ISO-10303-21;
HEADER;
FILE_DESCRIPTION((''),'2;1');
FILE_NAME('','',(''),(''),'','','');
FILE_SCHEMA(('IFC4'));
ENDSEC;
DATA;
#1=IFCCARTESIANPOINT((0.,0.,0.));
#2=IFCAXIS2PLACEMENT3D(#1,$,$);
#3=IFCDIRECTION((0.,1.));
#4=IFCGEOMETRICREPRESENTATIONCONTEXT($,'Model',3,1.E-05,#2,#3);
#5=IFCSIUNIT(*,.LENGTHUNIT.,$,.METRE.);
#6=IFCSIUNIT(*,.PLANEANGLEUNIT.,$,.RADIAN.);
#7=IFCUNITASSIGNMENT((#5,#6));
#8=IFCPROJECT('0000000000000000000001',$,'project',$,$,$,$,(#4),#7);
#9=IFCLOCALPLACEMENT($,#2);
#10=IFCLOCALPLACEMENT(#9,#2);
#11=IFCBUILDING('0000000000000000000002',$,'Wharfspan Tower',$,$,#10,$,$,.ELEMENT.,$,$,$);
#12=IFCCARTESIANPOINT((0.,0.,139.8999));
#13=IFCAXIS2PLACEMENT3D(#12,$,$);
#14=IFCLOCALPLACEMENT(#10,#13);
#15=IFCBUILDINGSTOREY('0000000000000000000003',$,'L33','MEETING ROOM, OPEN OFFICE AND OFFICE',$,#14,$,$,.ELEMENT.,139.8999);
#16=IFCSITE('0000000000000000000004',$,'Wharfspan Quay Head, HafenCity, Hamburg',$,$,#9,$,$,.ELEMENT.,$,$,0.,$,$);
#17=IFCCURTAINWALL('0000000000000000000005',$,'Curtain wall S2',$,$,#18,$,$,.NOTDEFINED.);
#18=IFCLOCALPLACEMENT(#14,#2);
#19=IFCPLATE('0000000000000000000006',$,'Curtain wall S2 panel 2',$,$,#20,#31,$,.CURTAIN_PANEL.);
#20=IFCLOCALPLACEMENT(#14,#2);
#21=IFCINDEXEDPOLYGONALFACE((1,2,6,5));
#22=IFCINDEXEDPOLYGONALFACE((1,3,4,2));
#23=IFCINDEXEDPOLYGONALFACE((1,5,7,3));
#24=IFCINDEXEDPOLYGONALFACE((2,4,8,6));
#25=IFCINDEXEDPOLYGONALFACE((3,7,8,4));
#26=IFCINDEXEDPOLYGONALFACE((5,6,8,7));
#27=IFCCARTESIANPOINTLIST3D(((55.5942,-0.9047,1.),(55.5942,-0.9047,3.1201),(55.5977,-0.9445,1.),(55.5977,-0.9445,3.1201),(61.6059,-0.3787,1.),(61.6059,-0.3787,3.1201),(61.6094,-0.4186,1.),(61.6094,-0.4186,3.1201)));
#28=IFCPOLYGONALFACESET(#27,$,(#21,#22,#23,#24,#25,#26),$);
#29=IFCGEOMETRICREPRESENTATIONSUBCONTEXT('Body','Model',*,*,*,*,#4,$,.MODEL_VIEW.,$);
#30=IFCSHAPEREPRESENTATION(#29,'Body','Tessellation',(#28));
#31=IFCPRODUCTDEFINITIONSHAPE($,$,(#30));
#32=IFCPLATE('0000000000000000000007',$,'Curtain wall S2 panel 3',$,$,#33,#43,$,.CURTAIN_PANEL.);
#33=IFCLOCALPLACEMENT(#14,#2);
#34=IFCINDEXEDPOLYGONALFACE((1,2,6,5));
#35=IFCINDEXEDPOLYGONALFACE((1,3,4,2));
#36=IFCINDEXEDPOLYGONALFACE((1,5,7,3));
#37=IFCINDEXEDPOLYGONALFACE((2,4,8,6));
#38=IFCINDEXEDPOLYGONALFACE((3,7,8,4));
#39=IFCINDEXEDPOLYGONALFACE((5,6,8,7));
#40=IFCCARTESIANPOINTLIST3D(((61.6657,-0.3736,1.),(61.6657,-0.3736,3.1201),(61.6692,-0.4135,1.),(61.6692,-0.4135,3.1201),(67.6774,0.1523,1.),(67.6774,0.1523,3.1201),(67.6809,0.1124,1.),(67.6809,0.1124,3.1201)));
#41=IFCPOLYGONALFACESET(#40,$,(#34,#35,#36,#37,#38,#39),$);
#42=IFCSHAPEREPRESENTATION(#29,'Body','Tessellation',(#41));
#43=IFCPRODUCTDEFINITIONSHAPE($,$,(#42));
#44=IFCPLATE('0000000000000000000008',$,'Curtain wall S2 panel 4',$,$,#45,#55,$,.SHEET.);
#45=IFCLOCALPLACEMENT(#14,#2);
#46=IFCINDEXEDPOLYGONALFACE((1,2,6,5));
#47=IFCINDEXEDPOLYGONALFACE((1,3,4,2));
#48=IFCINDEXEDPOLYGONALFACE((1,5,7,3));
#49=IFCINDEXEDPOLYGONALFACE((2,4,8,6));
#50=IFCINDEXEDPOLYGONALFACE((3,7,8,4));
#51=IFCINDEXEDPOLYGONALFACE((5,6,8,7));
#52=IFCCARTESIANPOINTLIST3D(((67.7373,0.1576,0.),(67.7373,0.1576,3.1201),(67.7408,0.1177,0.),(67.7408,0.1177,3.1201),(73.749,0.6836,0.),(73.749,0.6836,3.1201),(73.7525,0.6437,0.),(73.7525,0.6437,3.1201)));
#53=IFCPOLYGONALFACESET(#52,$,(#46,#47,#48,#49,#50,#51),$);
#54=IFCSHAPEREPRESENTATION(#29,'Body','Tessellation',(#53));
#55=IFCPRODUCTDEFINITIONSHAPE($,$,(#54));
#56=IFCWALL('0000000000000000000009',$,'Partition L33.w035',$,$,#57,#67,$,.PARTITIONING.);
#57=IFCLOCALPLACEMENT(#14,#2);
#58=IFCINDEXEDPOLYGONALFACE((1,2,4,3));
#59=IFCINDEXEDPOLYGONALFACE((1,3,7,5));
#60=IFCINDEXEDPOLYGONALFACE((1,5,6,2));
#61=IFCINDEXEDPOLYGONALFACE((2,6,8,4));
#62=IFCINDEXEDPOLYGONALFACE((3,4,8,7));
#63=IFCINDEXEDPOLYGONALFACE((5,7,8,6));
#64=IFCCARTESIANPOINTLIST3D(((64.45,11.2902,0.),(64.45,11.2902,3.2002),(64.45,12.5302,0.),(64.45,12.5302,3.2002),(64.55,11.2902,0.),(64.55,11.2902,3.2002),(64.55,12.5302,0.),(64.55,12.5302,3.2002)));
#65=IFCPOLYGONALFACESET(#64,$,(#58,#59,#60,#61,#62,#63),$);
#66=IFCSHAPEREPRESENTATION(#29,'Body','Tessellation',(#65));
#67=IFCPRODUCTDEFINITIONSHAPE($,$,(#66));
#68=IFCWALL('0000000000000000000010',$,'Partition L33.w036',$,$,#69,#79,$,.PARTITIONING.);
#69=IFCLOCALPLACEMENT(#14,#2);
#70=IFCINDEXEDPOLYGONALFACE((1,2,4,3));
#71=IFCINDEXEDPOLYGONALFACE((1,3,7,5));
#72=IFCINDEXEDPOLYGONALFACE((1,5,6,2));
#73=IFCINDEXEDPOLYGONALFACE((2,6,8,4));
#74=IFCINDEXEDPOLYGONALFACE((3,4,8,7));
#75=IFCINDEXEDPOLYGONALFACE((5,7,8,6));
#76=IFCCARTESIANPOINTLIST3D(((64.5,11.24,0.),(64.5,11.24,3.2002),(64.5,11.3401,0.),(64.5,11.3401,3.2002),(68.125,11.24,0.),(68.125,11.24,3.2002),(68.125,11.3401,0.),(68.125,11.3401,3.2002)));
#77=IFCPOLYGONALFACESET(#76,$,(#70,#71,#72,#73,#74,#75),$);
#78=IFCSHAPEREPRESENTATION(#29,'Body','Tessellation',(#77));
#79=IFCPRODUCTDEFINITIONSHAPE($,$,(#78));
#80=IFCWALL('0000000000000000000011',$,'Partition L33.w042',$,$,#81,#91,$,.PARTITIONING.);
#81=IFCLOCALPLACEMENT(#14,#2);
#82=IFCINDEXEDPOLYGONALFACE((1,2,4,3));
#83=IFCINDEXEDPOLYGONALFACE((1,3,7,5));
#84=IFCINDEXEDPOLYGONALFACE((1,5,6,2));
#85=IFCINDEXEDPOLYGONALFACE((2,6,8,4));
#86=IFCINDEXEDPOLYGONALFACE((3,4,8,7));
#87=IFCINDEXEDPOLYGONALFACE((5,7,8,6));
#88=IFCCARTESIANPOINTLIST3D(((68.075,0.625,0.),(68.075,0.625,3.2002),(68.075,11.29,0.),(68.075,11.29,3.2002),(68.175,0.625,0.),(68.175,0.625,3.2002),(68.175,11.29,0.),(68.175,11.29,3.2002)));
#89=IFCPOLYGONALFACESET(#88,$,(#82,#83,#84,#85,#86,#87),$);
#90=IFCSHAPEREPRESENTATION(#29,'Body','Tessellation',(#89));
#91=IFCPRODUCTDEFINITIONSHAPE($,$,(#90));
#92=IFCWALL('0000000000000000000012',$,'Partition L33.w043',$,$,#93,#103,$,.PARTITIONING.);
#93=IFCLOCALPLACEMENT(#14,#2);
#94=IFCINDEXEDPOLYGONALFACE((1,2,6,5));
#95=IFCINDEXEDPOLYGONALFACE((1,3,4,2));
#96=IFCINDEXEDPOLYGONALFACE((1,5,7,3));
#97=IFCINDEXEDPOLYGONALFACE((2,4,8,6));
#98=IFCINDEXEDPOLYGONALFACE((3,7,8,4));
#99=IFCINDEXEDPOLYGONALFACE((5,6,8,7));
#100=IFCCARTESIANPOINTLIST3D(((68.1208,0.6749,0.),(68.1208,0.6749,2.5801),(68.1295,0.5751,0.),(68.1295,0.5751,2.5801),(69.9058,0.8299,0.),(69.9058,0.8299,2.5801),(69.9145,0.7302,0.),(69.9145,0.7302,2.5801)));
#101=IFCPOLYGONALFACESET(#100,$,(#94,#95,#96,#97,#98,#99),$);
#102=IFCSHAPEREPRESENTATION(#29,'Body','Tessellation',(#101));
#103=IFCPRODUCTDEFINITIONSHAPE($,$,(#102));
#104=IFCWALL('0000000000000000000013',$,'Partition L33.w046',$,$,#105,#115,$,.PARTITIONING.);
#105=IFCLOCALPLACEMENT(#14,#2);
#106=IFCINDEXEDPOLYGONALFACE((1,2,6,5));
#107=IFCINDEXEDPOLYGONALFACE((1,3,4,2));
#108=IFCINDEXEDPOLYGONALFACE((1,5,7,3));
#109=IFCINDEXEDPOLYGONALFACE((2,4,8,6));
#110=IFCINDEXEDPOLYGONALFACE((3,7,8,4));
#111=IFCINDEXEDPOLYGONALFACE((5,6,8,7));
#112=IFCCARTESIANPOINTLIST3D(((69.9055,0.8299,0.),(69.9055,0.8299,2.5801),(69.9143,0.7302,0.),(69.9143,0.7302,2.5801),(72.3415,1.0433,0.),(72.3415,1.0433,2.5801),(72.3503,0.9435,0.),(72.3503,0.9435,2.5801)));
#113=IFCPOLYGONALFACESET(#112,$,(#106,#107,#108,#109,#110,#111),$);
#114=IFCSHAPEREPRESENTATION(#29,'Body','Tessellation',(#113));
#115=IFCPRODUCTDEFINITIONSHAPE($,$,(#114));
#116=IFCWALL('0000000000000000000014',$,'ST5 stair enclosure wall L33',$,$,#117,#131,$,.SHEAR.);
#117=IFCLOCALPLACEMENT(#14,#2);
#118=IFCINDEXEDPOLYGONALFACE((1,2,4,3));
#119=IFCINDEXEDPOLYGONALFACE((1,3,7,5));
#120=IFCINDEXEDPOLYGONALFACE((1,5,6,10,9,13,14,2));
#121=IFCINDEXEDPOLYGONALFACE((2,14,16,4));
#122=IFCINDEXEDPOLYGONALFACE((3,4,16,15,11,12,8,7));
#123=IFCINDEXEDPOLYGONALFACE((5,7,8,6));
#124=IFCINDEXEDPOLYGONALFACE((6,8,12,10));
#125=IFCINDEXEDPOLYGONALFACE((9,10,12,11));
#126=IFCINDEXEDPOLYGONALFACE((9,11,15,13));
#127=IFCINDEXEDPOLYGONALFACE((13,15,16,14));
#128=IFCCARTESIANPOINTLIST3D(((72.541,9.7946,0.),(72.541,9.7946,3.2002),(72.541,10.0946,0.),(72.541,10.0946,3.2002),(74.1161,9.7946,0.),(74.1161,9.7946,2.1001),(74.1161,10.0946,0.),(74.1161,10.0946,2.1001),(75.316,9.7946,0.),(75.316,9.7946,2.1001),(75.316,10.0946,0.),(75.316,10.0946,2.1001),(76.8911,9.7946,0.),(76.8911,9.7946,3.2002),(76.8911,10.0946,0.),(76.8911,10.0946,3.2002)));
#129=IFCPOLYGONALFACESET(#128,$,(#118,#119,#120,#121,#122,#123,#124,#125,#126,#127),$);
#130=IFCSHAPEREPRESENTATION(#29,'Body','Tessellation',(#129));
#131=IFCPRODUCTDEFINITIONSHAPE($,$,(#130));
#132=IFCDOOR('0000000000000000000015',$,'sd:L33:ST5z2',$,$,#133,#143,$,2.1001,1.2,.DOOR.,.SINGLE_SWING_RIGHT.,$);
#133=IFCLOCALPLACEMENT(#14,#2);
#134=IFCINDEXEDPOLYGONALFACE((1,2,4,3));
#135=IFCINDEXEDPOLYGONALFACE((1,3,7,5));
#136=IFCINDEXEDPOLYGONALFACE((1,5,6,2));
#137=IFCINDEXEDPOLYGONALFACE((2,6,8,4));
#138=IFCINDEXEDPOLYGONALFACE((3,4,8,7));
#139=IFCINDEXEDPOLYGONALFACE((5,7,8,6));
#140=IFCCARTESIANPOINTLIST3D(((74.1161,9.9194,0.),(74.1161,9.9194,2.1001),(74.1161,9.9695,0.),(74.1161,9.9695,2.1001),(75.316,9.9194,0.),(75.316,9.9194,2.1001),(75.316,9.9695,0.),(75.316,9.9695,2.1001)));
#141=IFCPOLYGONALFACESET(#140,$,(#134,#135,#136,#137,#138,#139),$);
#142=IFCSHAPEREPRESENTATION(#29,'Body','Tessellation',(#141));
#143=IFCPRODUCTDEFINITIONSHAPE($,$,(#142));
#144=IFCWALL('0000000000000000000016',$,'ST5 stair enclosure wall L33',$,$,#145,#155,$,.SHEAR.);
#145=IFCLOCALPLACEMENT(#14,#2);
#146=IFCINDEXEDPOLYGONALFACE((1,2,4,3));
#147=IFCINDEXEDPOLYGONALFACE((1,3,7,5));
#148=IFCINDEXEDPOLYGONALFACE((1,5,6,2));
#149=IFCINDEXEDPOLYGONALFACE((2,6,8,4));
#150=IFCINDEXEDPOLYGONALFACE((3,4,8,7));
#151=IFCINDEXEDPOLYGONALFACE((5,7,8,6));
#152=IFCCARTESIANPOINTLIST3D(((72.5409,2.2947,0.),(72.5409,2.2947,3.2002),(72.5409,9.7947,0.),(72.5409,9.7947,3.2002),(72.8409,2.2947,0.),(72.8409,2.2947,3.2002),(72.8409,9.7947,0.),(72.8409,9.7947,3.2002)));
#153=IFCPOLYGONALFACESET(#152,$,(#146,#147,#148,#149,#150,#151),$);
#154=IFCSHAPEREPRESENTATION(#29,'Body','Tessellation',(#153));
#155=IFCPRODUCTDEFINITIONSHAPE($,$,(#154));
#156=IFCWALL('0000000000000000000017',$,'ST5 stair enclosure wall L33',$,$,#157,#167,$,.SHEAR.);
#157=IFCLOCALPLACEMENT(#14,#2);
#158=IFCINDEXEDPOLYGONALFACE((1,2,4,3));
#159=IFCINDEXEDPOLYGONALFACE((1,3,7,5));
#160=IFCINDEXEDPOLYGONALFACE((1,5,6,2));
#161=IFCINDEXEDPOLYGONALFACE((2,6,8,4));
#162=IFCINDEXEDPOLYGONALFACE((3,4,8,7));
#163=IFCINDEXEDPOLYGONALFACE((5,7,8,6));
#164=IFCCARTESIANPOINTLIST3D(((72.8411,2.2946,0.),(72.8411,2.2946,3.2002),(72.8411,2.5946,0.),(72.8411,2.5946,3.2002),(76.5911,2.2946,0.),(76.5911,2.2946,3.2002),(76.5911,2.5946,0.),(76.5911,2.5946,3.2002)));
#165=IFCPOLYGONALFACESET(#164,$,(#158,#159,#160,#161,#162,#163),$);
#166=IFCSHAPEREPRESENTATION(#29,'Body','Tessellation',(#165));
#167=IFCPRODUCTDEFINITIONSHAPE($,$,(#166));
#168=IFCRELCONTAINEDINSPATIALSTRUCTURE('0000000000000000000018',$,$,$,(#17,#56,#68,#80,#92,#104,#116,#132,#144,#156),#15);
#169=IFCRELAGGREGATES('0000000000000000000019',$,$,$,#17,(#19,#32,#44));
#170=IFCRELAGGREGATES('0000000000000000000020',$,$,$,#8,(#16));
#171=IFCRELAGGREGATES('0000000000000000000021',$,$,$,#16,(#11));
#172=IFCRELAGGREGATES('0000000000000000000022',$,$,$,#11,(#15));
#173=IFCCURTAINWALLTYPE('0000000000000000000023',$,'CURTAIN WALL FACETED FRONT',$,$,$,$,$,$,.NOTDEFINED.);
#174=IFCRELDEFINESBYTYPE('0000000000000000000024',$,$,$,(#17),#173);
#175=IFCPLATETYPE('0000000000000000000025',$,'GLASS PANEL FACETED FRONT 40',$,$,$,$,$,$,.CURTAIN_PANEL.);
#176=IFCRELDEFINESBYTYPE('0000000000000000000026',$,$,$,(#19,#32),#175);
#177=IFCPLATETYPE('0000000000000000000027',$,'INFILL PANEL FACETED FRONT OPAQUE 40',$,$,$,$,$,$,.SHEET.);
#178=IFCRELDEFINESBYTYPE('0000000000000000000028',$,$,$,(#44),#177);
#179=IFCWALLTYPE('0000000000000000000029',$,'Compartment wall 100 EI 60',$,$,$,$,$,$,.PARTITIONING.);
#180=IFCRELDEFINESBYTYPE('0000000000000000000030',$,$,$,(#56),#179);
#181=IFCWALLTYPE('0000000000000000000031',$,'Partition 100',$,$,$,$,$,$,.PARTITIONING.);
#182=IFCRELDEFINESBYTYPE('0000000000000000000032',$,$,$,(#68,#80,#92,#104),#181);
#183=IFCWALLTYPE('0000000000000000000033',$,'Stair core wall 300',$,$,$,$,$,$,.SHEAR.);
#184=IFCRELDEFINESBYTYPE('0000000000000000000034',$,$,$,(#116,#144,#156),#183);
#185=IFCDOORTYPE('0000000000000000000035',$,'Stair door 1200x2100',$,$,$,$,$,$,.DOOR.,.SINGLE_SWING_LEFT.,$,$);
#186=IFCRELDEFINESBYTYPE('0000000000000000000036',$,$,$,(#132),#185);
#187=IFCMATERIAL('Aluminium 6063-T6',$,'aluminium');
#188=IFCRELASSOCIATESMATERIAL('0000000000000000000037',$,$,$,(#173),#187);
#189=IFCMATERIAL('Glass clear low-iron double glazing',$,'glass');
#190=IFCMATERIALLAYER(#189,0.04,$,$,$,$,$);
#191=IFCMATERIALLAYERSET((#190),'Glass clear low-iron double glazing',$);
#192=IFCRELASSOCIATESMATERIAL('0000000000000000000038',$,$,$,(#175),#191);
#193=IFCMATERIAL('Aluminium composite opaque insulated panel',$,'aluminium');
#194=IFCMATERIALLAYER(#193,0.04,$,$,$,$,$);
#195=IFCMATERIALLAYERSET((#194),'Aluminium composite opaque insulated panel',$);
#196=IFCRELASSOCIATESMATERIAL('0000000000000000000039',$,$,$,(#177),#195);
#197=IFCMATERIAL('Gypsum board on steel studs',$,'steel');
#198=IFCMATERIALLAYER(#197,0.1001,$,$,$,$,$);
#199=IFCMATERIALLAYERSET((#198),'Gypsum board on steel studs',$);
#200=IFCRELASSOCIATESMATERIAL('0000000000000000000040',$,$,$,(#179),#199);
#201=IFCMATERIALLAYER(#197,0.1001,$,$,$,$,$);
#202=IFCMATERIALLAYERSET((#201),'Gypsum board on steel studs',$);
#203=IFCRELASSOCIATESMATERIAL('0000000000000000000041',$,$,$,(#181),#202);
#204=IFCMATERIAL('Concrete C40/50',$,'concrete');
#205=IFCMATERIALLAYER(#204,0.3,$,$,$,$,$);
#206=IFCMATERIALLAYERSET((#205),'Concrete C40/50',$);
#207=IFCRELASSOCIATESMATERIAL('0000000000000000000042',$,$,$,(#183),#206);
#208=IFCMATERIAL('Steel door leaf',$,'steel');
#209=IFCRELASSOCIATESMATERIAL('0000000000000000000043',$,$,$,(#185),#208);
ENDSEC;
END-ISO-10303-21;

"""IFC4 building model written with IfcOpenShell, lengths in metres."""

from ifc_helpers import new_model, si_unit, direction, frame, frame_2d, origin, origin_2d, place, context, subcontext, project, spatial, rectangle, extrude, material, layer, layer_set, type_object, element, fill, aggregate, save


model = new_model("IFC4")

# Units and contexts
model_context = context("Model", 3, precision=1e-05, world=origin(), true_north=direction((0.0, 1.0)))
body_context = subcontext(model_context, "Body", "Model", "MODEL_VIEW")
ifc_project = project(units=[si_unit("LENGTHUNIT", "METRE"), si_unit("PLANEANGLEUNIT", "RADIAN")], contexts=[model_context])

# Site, building, storey
site_placement = place(None, origin())
site = spatial("IfcSite", under=ifc_project, at=site_placement, Name="Wharfspan Quay Head, HafenCity, Hamburg", CompositionType="ELEMENT", RefElevation=0.0)
building_placement = place(site_placement, origin())
building = spatial("IfcBuilding", under=site, at=building_placement, Name="Wharfspan Tower", CompositionType="ELEMENT")
storey_placement = place(building_placement, frame((0.0, 0.0, 139.8999)))
storey = spatial("IfcBuildingStorey", under=building, at=storey_placement, Name="L33", Description="MEETING ROOM, OPEN OFFICE AND OFFICE", CompositionType="ELEMENT", Elevation=139.8999)

# Curtain wall, plates
ifc_material_1 = material(Name="Aluminium 6063-T6", Category="aluminium")
curtain_wall_type = type_object("IfcCurtainWallType", Name="CURTAIN WALL FACETED FRONT", PredefinedType="NOTDEFINED", material=ifc_material_1)
curtain_wall_placement = place(storey_placement, origin())
curtain_wall = element("IfcCurtainWall", 1, at=curtain_wall_placement, inside=storey, type_object=curtain_wall_type, Name="Curtain wall S2", PredefinedType="NOTDEFINED")
ifc_material_2 = material(Name="Glass clear low-iron double glazing", Category="glass")
ifc_layer_1 = layer(ifc_material_2, 0.04)
ifc_layer_set_1 = layer_set([ifc_layer_1], Name="Glass clear low-iron double glazing")
plate_type_1 = type_object("IfcPlateType", Name="GLASS PANEL FACETED FRONT 40", PredefinedType="CURTAIN_PANEL", material=ifc_layer_set_1)
plate_1_placement = place(storey_placement, frame((58.6018, -0.6616, 1.0), z_axis=(0.0, 0.0, 1.0), x_axis=(0.996198, 0.087156, 0.0)))
plate_1 = element("IfcPlate", 2, at=plate_1_placement, type_object=plate_type_1, Name="Curtain wall S2 panel 2", PredefinedType="CURTAIN_PANEL", context=body_context, shape_type="SweptSolid", body=[
    extrude(rectangle(XDim=6.0347, YDim=0.04, at=origin_2d()), origin(), (0.0, 0.0, 1.0), 2.1201),
])
plate_2_placement = place(storey_placement, frame((64.6733, -0.1306, 1.0), z_axis=(0.0, 0.0, 1.0), x_axis=(0.996198, 0.087156, 0.0)))
plate_2 = element("IfcPlate", 3, at=plate_2_placement, type_object=plate_type_1, Name="Curtain wall S2 panel 3", PredefinedType="CURTAIN_PANEL", context=body_context, shape_type="SweptSolid", body=[
    extrude(rectangle(XDim=6.0347, YDim=0.04, at=origin_2d()), origin(), (0.0, 0.0, 1.0), 2.1201),
])
ifc_material_3 = material(Name="Aluminium composite opaque insulated panel", Category="aluminium")
ifc_layer_2 = layer(ifc_material_3, 0.04)
ifc_layer_set_2 = layer_set([ifc_layer_2], Name="Aluminium composite opaque insulated panel")
plate_type_2 = type_object("IfcPlateType", Name="INFILL PANEL FACETED FRONT OPAQUE 40", PredefinedType="SHEET", material=ifc_layer_set_2)
plate_3_placement = place(storey_placement, frame((70.7449, 0.4006, 0.0), z_axis=(0.0, 0.0, 1.0), x_axis=(0.996198, 0.087156, 0.0)))
plate_3 = element("IfcPlate", 4, at=plate_3_placement, type_object=plate_type_2, Name="Curtain wall S2 panel 4", PredefinedType="SHEET", context=body_context, shape_type="SweptSolid", body=[
    extrude(rectangle(XDim=6.0347, YDim=0.04, at=origin_2d()), origin(), (0.0, 0.0, 1.0), 3.1201),
])
aggregate(curtain_wall, [plate_1, plate_2, plate_3])

# Walls
ifc_material_4 = material(Name="Gypsum board on steel studs", Category="steel")
ifc_layer_3 = layer(ifc_material_4, 0.1001)
ifc_layer_set_3 = layer_set([ifc_layer_3], Name="Gypsum board on steel studs")
wall_type_1 = type_object("IfcWallType", Name="Compartment wall 100 EI 60", PredefinedType="PARTITIONING", material=ifc_layer_set_3)
wall_1_placement = place(storey_placement, frame((64.5, 11.29, 0.0), z_axis=(0.0, 0.0, 1.0), x_axis=(0.0, 1.0, 0.0)))
element("IfcWall", 5, at=wall_1_placement, inside=storey, type_object=wall_type_1, Name="Partition L33.w035", PredefinedType="PARTITIONING", context=body_context, shape_type="SweptSolid", body=[
    extrude(rectangle(XDim=1.24, YDim=0.1001, at=frame_2d((0.6201, 0.0))), origin(), (0.0, 0.0, 1.0), 3.2002),
])
ifc_layer_4 = layer(ifc_material_4, 0.1001)
ifc_layer_set_4 = layer_set([ifc_layer_4], Name="Gypsum board on steel studs")
wall_type_2 = type_object("IfcWallType", Name="Partition 100", PredefinedType="PARTITIONING", material=ifc_layer_set_4)
wall_2_placement = place(storey_placement, frame((64.5, 11.29, 0.0), z_axis=(0.0, 0.0, 1.0), x_axis=(1.0, 0.0, 0.0)))
element("IfcWall", 6, at=wall_2_placement, inside=storey, type_object=wall_type_2, Name="Partition L33.w036", PredefinedType="PARTITIONING", context=body_context, shape_type="SweptSolid", body=[
    extrude(rectangle(XDim=3.625, YDim=0.1001, at=frame_2d((1.8125, 0.0))), origin(), (0.0, 0.0, 1.0), 3.2002),
])
wall_3_placement = place(storey_placement, frame((68.125, 0.625, 0.0), z_axis=(0.0, 0.0, 1.0), x_axis=(0.0, 1.0, 0.0)))
element("IfcWall", 7, at=wall_3_placement, inside=storey, type_object=wall_type_2, Name="Partition L33.w042", PredefinedType="PARTITIONING", context=body_context, shape_type="SweptSolid", body=[
    extrude(rectangle(XDim=10.665, YDim=0.1001, at=frame_2d((5.3325, 0.0))), origin(), (0.0, 0.0, 1.0), 3.2002),
])
wall_4_placement = place(storey_placement, frame((68.125, 0.625, 0.0), z_axis=(0.0, 0.0, 1.0), x_axis=(0.996253, 0.08653, 0.0)))
element("IfcWall", 8, at=wall_4_placement, inside=storey, type_object=wall_type_2, Name="Partition L33.w043", PredefinedType="PARTITIONING", context=body_context, shape_type="SweptSolid", body=[
    extrude(rectangle(XDim=1.7917, YDim=0.1001, at=frame_2d((0.896, 0.0))), origin(), (0.0, 0.0, 1.0), 2.5801),
])
wall_5_placement = place(storey_placement, frame((69.9099, 0.78, 0.0), z_axis=(0.0, 0.0, 1.0), x_axis=(0.99619, 0.087259, 0.0)))
element("IfcWall", 9, at=wall_5_placement, inside=storey, type_object=wall_type_2, Name="Partition L33.w046", PredefinedType="PARTITIONING", context=body_context, shape_type="SweptSolid", body=[
    extrude(rectangle(XDim=2.4453, YDim=0.1001, at=frame_2d((1.2227, 0.0))), origin(), (0.0, 0.0, 1.0), 2.5801),
])

# Wall, opening, door
ifc_material_5 = material(Name="Concrete C40/50", Category="concrete")
ifc_layer_5 = layer(ifc_material_5, 0.3)
ifc_layer_set_5 = layer_set([ifc_layer_5], Name="Concrete C40/50")
wall_type_3 = type_object("IfcWallType", Name="Stair core wall 300", PredefinedType="SHEAR", material=ifc_layer_set_5)
wall_6_placement = place(storey_placement, frame((72.541, 9.9446, 0.0), z_axis=(0.0, 0.0, 1.0), x_axis=(1.0, 0.0, 0.0)))
wall_6 = element("IfcWall", 10, at=wall_6_placement, inside=storey, type_object=wall_type_3, Name="ST5 stair enclosure wall L33", PredefinedType="SHEAR", context=body_context, shape_type="SweptSolid", body=[
    extrude(rectangle(XDim=4.3501, YDim=0.3, at=frame_2d((2.175, 0.0))), origin(), (0.0, 0.0, 1.0), 3.2002),
])
opening_placement = place(wall_6_placement, frame((1.575, 0.0, 0.0)))
opening = element("IfcOpeningElement", 11, at=opening_placement, cuts=wall_6, PredefinedType="OPENING", context=body_context, shape_type="SweptSolid", body=[
    extrude(rectangle(XDim=1.2, YDim=2.1001, at=frame_2d((0.6001, 1.05))), frame((0.0, 0.1599, 0.0), z_axis=(0.0, -1.0, 0.0), x_axis=(1.0, 0.0, 0.0)), (0.0, 0.0, 1.0), 0.3201),
])
ifc_material_6 = material(Name="Steel door leaf", Category="steel")
door_type = type_object("IfcDoorType", Name="Stair door 1200x2100", OperationType="SINGLE_SWING_LEFT", PredefinedType="DOOR", material=ifc_material_6)
door_placement = place(opening_placement, origin())
door = element("IfcDoor", 12, at=door_placement, inside=storey, type_object=door_type, Name="sd:L33:ST5z2", OperationType="SINGLE_SWING_RIGHT", OverallHeight=2.1001, OverallWidth=1.2, PredefinedType="DOOR", context=body_context, shape_type="SweptSolid", body=[
    extrude(rectangle(XDim=1.2, YDim=2.1001, at=frame_2d((0.6001, 1.05))), frame((0.0, 0.0249, 0.0), z_axis=(0.0, -1.0, 0.0), x_axis=(1.0, 0.0, 0.0)), (0.0, 0.0, 1.0), 0.05),
])
fill(opening, door)

# Walls
wall_7_placement = place(storey_placement, frame((72.6909, 2.2947, 0.0), z_axis=(0.0, 0.0, 1.0), x_axis=(0.0, 1.0, 0.0)))
element("IfcWall", 13, at=wall_7_placement, inside=storey, type_object=wall_type_3, Name="ST5 stair enclosure wall L33", PredefinedType="SHEAR", context=body_context, shape_type="SweptSolid", body=[
    extrude(rectangle(XDim=7.5, YDim=0.3, at=frame_2d((3.75, 0.0))), origin(), (0.0, 0.0, 1.0), 3.2002),
])
wall_8_placement = place(storey_placement, frame((72.8411, 2.4446, 0.0), z_axis=(0.0, 0.0, 1.0), x_axis=(1.0, 0.0, 0.0)))
element("IfcWall", 14, at=wall_8_placement, inside=storey, type_object=wall_type_3, Name="ST5 stair enclosure wall L33", PredefinedType="SHEAR", context=body_context, shape_type="SweptSolid", body=[
    extrude(rectangle(XDim=3.75, YDim=0.3, at=frame_2d((1.875, 0.0))), origin(), (0.0, 0.0, 1.0), 3.2002),
])

save(model, "model.ifc")
